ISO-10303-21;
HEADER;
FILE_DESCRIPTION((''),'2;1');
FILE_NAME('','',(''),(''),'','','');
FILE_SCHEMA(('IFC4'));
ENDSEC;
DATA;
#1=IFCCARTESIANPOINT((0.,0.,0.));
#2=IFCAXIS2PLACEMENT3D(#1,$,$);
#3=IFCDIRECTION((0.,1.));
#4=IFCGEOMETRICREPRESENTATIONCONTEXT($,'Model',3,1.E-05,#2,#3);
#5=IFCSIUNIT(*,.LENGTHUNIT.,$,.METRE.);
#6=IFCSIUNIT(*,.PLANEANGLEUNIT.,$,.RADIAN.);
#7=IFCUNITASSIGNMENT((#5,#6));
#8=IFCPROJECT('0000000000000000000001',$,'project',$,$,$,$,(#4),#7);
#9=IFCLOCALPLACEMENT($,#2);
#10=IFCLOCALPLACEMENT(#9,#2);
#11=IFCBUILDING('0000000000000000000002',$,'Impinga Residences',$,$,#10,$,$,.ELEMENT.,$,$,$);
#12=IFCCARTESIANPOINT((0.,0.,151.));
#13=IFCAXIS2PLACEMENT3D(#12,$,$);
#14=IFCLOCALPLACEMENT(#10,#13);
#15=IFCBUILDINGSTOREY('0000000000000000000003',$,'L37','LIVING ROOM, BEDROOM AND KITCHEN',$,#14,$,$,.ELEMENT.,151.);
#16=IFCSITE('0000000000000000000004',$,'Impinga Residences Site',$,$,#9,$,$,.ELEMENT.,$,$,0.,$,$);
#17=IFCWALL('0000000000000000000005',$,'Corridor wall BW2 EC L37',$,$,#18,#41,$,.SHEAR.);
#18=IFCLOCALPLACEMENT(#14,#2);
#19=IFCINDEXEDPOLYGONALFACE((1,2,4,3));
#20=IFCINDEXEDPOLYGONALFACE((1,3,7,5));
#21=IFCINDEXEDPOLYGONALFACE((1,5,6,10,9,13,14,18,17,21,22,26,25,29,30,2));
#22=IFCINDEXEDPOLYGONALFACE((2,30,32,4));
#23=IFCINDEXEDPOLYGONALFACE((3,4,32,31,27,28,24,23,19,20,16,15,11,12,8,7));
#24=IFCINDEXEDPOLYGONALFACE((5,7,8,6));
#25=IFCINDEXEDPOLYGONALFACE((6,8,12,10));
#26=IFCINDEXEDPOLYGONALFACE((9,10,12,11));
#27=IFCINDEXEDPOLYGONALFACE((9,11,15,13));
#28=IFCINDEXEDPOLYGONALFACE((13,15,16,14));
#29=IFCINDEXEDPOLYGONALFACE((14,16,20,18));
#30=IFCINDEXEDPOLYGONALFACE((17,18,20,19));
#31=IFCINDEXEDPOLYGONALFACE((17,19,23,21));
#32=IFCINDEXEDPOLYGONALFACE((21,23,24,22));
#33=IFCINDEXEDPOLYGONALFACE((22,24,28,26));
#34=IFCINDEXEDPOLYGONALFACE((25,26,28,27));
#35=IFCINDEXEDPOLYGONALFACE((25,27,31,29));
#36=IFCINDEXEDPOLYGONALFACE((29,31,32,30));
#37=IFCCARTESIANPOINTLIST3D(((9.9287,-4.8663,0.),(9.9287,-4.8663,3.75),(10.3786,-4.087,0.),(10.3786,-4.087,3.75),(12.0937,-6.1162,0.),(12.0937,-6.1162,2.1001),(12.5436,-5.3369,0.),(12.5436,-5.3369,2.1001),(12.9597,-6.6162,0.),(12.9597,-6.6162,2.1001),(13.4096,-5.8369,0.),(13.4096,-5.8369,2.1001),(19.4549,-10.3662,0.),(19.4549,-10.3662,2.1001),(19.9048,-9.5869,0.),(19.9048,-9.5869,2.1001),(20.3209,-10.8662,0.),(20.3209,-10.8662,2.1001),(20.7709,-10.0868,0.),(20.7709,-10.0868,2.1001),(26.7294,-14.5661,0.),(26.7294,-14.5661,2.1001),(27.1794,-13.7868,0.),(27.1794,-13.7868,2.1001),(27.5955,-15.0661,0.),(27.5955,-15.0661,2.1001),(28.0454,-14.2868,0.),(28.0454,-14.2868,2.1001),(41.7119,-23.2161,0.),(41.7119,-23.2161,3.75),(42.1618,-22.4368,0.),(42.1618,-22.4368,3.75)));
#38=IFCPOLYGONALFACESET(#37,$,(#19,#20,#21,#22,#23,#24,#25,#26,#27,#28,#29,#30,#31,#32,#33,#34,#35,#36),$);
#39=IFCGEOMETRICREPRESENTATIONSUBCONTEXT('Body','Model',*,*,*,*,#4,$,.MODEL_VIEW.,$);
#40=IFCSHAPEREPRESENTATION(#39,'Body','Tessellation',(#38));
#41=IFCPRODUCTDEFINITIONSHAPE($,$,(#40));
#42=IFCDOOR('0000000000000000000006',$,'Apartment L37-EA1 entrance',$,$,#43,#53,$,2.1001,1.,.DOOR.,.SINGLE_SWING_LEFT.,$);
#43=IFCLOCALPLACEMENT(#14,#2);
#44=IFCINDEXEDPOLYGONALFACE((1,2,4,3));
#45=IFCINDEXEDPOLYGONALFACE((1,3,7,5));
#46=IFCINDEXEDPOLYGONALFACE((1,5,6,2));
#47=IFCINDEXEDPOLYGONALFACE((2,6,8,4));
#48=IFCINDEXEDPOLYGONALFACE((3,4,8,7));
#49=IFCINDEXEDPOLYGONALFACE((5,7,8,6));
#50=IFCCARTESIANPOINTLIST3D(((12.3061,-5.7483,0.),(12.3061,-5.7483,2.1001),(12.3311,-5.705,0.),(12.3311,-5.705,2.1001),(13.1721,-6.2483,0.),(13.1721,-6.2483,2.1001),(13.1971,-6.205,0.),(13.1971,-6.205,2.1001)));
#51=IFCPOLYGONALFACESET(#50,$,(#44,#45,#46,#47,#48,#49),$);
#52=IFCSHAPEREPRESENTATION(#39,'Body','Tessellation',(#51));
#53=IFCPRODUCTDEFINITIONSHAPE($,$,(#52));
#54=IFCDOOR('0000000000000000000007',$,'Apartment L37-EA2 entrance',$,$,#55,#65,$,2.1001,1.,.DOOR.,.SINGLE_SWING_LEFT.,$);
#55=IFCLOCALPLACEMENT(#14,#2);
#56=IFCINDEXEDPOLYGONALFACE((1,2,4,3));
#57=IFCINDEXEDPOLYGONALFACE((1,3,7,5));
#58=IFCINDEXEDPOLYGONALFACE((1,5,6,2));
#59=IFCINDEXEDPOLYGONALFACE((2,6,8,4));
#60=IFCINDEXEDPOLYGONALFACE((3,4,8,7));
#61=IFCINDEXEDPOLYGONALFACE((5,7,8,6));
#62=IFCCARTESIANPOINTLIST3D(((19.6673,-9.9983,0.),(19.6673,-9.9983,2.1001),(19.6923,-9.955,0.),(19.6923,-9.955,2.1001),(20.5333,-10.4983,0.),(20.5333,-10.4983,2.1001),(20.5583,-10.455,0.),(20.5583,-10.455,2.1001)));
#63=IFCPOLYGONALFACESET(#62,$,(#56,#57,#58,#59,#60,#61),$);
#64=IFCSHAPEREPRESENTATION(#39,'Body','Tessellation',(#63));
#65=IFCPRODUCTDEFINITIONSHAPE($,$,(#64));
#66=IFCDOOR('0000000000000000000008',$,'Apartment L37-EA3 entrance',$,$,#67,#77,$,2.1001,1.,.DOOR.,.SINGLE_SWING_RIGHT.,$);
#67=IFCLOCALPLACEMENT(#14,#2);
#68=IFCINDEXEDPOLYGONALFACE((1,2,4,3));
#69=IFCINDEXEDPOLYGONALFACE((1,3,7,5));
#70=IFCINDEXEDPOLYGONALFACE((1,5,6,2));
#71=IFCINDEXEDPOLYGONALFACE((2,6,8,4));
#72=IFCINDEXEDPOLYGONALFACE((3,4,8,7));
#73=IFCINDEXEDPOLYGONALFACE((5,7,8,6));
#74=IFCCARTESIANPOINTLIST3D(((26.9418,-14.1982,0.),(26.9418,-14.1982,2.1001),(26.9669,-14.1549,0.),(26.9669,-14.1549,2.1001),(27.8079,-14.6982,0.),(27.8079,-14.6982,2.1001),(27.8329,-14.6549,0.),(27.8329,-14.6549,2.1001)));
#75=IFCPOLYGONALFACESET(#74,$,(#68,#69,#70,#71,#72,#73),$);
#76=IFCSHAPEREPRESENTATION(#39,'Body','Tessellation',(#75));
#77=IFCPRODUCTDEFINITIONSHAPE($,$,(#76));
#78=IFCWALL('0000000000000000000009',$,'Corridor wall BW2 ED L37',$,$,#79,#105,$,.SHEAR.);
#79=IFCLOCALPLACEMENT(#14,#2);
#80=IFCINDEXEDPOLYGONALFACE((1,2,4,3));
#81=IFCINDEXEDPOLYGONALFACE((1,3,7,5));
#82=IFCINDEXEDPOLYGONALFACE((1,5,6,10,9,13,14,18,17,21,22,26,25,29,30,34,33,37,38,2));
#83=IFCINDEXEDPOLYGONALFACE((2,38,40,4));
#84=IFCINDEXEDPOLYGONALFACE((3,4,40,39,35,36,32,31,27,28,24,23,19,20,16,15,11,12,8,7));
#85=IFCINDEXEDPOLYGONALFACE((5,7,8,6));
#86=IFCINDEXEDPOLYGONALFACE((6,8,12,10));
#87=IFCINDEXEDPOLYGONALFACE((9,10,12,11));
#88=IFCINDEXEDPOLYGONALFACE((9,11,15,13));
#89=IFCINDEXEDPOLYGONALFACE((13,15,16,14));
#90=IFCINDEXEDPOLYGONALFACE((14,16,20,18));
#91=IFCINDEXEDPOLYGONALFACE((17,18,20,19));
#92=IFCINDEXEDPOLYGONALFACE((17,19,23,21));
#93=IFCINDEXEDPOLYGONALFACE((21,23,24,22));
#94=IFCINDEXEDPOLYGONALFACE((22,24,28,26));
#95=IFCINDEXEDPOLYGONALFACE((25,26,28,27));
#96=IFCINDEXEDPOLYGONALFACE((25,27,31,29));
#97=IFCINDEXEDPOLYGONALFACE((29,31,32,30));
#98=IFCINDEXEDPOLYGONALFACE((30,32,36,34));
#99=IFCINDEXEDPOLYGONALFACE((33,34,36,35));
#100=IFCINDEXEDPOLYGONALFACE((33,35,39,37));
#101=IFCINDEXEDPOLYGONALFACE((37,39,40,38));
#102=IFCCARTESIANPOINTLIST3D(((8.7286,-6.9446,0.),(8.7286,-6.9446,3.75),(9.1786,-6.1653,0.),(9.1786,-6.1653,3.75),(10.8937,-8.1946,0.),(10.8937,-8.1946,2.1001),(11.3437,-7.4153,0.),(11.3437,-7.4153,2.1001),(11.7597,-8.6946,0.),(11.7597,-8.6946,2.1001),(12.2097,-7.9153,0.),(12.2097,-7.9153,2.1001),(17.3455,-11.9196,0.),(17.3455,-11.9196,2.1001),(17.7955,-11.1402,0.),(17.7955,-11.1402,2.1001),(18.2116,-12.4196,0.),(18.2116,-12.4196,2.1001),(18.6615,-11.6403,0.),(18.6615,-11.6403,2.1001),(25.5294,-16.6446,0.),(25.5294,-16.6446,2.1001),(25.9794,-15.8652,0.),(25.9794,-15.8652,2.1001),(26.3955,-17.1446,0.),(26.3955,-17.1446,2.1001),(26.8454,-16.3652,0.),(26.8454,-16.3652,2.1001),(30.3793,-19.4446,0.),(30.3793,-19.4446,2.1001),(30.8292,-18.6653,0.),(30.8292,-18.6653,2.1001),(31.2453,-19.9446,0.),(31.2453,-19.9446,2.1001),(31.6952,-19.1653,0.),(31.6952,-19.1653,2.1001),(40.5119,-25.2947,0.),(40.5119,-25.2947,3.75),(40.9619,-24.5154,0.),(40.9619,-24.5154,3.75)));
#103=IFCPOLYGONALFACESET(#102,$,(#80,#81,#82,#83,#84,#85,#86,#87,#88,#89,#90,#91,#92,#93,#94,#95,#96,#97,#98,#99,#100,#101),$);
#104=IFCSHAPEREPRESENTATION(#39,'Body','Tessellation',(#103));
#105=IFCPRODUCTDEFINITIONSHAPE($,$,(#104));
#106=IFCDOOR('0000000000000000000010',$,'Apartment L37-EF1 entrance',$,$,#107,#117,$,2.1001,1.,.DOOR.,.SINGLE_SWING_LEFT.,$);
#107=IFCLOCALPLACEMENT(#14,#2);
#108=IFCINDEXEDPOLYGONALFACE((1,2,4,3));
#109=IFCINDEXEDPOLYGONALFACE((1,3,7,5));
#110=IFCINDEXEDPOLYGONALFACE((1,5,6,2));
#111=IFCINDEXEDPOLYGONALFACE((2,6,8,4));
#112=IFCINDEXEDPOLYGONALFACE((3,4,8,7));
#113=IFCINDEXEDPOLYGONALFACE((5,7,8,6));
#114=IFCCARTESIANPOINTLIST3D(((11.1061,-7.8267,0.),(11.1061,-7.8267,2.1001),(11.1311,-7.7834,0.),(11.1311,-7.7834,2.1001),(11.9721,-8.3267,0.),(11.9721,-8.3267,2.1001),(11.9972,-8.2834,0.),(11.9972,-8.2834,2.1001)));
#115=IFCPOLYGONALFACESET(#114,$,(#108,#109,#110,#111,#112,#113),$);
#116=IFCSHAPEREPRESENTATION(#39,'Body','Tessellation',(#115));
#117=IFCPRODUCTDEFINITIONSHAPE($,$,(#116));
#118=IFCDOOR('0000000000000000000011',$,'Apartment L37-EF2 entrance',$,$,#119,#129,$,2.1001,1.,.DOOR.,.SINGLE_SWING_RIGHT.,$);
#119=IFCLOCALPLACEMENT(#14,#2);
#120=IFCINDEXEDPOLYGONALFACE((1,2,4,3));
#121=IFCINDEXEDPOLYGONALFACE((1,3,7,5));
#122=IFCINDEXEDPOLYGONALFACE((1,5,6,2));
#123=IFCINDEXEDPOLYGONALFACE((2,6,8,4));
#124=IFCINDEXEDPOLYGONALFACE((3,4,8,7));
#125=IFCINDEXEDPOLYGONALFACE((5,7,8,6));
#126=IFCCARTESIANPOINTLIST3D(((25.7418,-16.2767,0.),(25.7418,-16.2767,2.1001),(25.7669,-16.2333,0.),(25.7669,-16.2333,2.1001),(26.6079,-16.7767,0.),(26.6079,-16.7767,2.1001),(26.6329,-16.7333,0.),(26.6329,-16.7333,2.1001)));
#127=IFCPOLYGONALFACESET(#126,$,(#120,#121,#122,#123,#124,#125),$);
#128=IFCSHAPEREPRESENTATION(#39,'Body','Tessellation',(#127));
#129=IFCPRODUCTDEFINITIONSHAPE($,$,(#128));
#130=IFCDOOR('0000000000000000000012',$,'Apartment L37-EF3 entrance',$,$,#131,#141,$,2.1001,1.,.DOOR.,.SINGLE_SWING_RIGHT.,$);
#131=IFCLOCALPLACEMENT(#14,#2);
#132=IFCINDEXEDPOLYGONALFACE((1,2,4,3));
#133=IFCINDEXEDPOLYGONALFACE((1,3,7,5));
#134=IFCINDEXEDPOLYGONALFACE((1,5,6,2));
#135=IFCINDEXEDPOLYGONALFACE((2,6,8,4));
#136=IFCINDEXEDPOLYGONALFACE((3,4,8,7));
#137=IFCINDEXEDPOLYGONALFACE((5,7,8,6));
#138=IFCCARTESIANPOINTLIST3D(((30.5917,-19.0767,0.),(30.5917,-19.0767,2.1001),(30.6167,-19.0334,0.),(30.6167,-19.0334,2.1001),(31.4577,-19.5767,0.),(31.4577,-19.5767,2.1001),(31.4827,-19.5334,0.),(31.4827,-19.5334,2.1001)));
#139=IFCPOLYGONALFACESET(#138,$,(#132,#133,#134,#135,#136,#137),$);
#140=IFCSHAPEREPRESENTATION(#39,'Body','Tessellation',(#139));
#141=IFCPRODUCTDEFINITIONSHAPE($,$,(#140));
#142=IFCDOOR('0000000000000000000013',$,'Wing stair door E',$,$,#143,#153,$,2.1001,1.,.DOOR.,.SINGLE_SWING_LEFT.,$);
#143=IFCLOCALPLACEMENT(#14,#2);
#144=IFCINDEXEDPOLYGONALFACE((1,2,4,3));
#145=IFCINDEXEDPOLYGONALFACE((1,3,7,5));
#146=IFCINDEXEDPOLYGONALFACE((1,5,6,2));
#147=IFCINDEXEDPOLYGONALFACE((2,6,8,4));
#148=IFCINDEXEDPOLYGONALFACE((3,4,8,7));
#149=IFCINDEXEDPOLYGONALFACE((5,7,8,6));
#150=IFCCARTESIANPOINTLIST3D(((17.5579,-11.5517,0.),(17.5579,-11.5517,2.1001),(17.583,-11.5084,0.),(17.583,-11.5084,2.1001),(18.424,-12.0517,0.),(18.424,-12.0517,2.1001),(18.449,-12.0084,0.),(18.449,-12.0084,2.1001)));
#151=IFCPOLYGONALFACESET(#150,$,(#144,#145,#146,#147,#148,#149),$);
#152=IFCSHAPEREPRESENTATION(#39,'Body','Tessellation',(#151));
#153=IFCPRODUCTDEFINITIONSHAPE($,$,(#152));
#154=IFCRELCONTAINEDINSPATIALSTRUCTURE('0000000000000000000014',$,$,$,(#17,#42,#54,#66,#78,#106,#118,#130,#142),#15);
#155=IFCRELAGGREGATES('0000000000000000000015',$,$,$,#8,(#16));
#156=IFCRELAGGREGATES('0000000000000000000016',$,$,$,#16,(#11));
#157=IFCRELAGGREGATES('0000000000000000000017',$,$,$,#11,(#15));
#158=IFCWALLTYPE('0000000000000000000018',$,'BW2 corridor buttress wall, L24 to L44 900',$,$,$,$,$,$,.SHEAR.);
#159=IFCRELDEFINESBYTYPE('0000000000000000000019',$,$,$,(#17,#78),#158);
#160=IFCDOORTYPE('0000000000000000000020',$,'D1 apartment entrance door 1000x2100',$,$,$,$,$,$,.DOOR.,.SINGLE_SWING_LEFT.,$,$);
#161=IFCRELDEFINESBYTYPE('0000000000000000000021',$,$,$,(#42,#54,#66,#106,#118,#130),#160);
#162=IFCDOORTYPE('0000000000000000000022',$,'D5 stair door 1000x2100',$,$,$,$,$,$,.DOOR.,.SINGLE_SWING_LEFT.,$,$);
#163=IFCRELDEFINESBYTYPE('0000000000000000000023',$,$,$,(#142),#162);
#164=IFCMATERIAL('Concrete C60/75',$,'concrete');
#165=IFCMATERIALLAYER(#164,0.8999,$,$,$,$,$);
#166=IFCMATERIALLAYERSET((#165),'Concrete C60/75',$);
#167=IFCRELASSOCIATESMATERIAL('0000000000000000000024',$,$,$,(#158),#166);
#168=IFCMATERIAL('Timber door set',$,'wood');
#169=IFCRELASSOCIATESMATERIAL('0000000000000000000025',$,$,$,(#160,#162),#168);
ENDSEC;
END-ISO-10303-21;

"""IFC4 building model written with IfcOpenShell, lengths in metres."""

from ifc_helpers import new_model, si_unit, direction, frame, frame_2d, origin, place, context, subcontext, project, spatial, rectangle, extrude, material, layer, layer_set, type_object, element, fill, save


model = new_model("IFC4")

# Units and contexts
model_context = context("Model", 3, precision=1e-05, world=origin(), true_north=direction((0.0, 1.0)))
body_context = subcontext(model_context, "Body", "Model", "MODEL_VIEW")
ifc_project = project(units=[si_unit("LENGTHUNIT", "METRE"), si_unit("PLANEANGLEUNIT", "RADIAN")], contexts=[model_context])

# Site, building, storey
site_placement = place(None, origin())
site = spatial("IfcSite", under=ifc_project, at=site_placement, Name="Impinga Residences Site", CompositionType="ELEMENT", RefElevation=0.0)
building_placement = place(site_placement, origin())
building = spatial("IfcBuilding", under=site, at=building_placement, Name="Impinga Residences", CompositionType="ELEMENT")
storey_placement = place(building_placement, frame((0.0, 0.0, 151.0)))
storey = spatial("IfcBuildingStorey", under=building, at=storey_placement, Name="L37", Description="LIVING ROOM, BEDROOM AND KITCHEN", CompositionType="ELEMENT", Elevation=151.0)

# Walls, openings, doors
ifc_material_1 = material(Name="Concrete C60/75", Category="concrete")
ifc_layer_1 = layer(ifc_material_1, 0.8999)
ifc_layer_set_1 = layer_set([ifc_layer_1], Name="Concrete C60/75")
wall_type_1 = type_object("IfcWallType", Name="BW2 corridor buttress wall, L24 to L44 900", PredefinedType="SHEAR", material=ifc_layer_set_1)
wall_1_placement = place(storey_placement, frame((10.1536, -4.4766, 0.0), z_axis=(0.0, 0.0, 1.0), x_axis=(0.866028, -0.499996, 0.0)))
wall_1 = element("IfcWall", 1, at=wall_1_placement, inside=storey, type_object=wall_type_1, Name="Corridor wall BW2 EC L37", PredefinedType="SHEAR", context=body_context, shape_type="SweptSolid", body=[
    extrude(rectangle(XDim=36.7, YDim=0.8999, at=frame_2d((18.3501, 0.0))), origin(), (0.0, 0.0, 1.0), 3.75),
])
opening_1_placement = place(wall_1_placement, frame((2.5, 0.0, 0.0)))
opening_1 = element("IfcOpeningElement", 2, at=opening_1_placement, cuts=wall_1, PredefinedType="OPENING", context=body_context, shape_type="SweptSolid", body=[
    extrude(rectangle(XDim=1.0, YDim=2.1001, at=frame_2d((0.5, 1.05))), frame((0.0, 0.46, 0.0), z_axis=(0.0, -1.0, 0.0), x_axis=(1.0, 0.0, 0.0)), (0.0, 0.0, 1.0), 0.9199),
])
opening_2_placement = place(wall_1_placement, frame((11.0, 0.0, 0.0)))
opening_2 = element("IfcOpeningElement", 3, at=opening_2_placement, cuts=wall_1, PredefinedType="OPENING", context=body_context, shape_type="SweptSolid", body=[
    extrude(rectangle(XDim=1.0, YDim=2.1001, at=frame_2d((0.5, 1.05))), frame((0.0, 0.46, 0.0), z_axis=(0.0, -1.0, 0.0), x_axis=(1.0, 0.0, 0.0)), (0.0, 0.0, 1.0), 0.9199),
])
opening_3_placement = place(wall_1_placement, frame((19.3999, 0.0, 0.0)))
opening_3 = element("IfcOpeningElement", 4, at=opening_3_placement, cuts=wall_1, PredefinedType="OPENING", context=body_context, shape_type="SweptSolid", body=[
    extrude(rectangle(XDim=1.0, YDim=2.1001, at=frame_2d((0.5, 1.05))), frame((0.0, 0.46, 0.0), z_axis=(0.0, -1.0, 0.0), x_axis=(1.0, 0.0, 0.0)), (0.0, 0.0, 1.0), 0.9199),
])
ifc_material_2 = material(Name="Timber door set", Category="wood")
door_type_1 = type_object("IfcDoorType", Name="D1 apartment entrance door 1000x2100", OperationType="SINGLE_SWING_LEFT", PredefinedType="DOOR", material=ifc_material_2)
door_1_placement = place(opening_1_placement, origin())
door_1 = element("IfcDoor", 5, at=door_1_placement, inside=storey, type_object=door_type_1, Name="Apartment L37-EA1 entrance", OperationType="SINGLE_SWING_LEFT", OverallHeight=2.1001, OverallWidth=1.0, PredefinedType="DOOR", context=body_context, shape_type="SweptSolid", body=[
    extrude(rectangle(XDim=1.0, YDim=2.1001, at=frame_2d((0.5, 1.05))), frame((0.0, 0.0249, 0.0), z_axis=(0.0, -1.0, 0.0), x_axis=(1.0, 0.0, 0.0)), (0.0, 0.0, 1.0), 0.05),
])
fill(opening_1, door_1)
door_2_placement = place(opening_2_placement, origin())
door_2 = element("IfcDoor", 6, at=door_2_placement, inside=storey, type_object=door_type_1, Name="Apartment L37-EA2 entrance", OperationType="SINGLE_SWING_LEFT", OverallHeight=2.1001, OverallWidth=1.0, PredefinedType="DOOR", context=body_context, shape_type="SweptSolid", body=[
    extrude(rectangle(XDim=1.0, YDim=2.1001, at=frame_2d((0.5, 1.05))), frame((0.0, 0.0249, 0.0), z_axis=(0.0, -1.0, 0.0), x_axis=(1.0, 0.0, 0.0)), (0.0, 0.0, 1.0), 0.05),
])
fill(opening_2, door_2)
door_3_placement = place(opening_3_placement, origin())
door_3 = element("IfcDoor", 7, at=door_3_placement, inside=storey, type_object=door_type_1, Name="Apartment L37-EA3 entrance", OperationType="SINGLE_SWING_RIGHT", OverallHeight=2.1001, OverallWidth=1.0, PredefinedType="DOOR", context=body_context, shape_type="SweptSolid", body=[
    extrude(rectangle(XDim=1.0, YDim=2.1001, at=frame_2d((0.5, 1.05))), frame((0.0, 0.0249, 0.0), z_axis=(0.0, -1.0, 0.0), x_axis=(1.0, 0.0, 0.0)), (0.0, 0.0, 1.0), 0.05),
])
fill(opening_3, door_3)
wall_2_placement = place(storey_placement, frame((8.9536, -6.5549, 0.0), z_axis=(0.0, 0.0, 1.0), x_axis=(0.866025, -0.500001, 0.0)))
wall_2 = element("IfcWall", 8, at=wall_2_placement, inside=storey, type_object=wall_type_1, Name="Corridor wall BW2 ED L37", PredefinedType="SHEAR", context=body_context, shape_type="SweptSolid", body=[
    extrude(rectangle(XDim=36.7002, YDim=0.8999, at=frame_2d((18.3501, 0.0))), origin(), (0.0, 0.0, 1.0), 3.75),
])
opening_4_placement = place(wall_2_placement, frame((9.95, 0.0, 0.0)))
opening_4 = element("IfcOpeningElement", 9, at=opening_4_placement, cuts=wall_2, PredefinedType="OPENING", context=body_context, shape_type="SweptSolid", body=[
    extrude(rectangle(XDim=1.0, YDim=2.1001, at=frame_2d((0.5, 1.05))), frame((0.0, 0.46, 0.0), z_axis=(0.0, -1.0, 0.0), x_axis=(1.0, 0.0, 0.0)), (0.0, 0.0, 1.0), 0.9199),
])
opening_5_placement = place(wall_2_placement, frame((2.5, 0.0, 0.0)))
opening_5 = element("IfcOpeningElement", 10, at=opening_5_placement, cuts=wall_2, PredefinedType="OPENING", context=body_context, shape_type="SweptSolid", body=[
    extrude(rectangle(XDim=1.0, YDim=2.1001, at=frame_2d((0.5, 1.05))), frame((0.0, 0.46, 0.0), z_axis=(0.0, -1.0, 0.0), x_axis=(1.0, 0.0, 0.0)), (0.0, 0.0, 1.0), 0.9199),
])
opening_6_placement = place(wall_2_placement, frame((19.3999, 0.0, 0.0)))
opening_6 = element("IfcOpeningElement", 11, at=opening_6_placement, cuts=wall_2, PredefinedType="OPENING", context=body_context, shape_type="SweptSolid", body=[
    extrude(rectangle(XDim=1.0, YDim=2.1001, at=frame_2d((0.5, 1.05))), frame((0.0, 0.46, 0.0), z_axis=(0.0, -1.0, 0.0), x_axis=(1.0, 0.0, 0.0)), (0.0, 0.0, 1.0), 0.9199),
])
opening_7_placement = place(wall_2_placement, frame((25.0, 0.0, 0.0)))
opening_7 = element("IfcOpeningElement", 12, at=opening_7_placement, cuts=wall_2, PredefinedType="OPENING", context=body_context, shape_type="SweptSolid", body=[
    extrude(rectangle(XDim=1.0, YDim=2.1001, at=frame_2d((0.5, 1.05))), frame((0.0, 0.46, 0.0), z_axis=(0.0, -1.0, 0.0), x_axis=(1.0, 0.0, 0.0)), (0.0, 0.0, 1.0), 0.9199),
])
door_4_placement = place(opening_5_placement, origin())
door_4 = element("IfcDoor", 13, at=door_4_placement, inside=storey, type_object=door_type_1, Name="Apartment L37-EF1 entrance", OperationType="SINGLE_SWING_LEFT", OverallHeight=2.1001, OverallWidth=1.0, PredefinedType="DOOR", context=body_context, shape_type="SweptSolid", body=[
    extrude(rectangle(XDim=1.0, YDim=2.1001, at=frame_2d((0.5, 1.05))), frame((0.0, 0.0249, 0.0), z_axis=(0.0, -1.0, 0.0), x_axis=(1.0, 0.0, 0.0)), (0.0, 0.0, 1.0), 0.05),
])
fill(opening_5, door_4)
door_5_placement = place(opening_6_placement, origin())
door_5 = element("IfcDoor", 14, at=door_5_placement, inside=storey, type_object=door_type_1, Name="Apartment L37-EF2 entrance", OperationType="SINGLE_SWING_RIGHT", OverallHeight=2.1001, OverallWidth=1.0, PredefinedType="DOOR", context=body_context, shape_type="SweptSolid", body=[
    extrude(rectangle(XDim=1.0, YDim=2.1001, at=frame_2d((0.5, 1.05))), frame((0.0, 0.0249, 0.0), z_axis=(0.0, -1.0, 0.0), x_axis=(1.0, 0.0, 0.0)), (0.0, 0.0, 1.0), 0.05),
])
fill(opening_6, door_5)
door_6_placement = place(opening_7_placement, origin())
door_6 = element("IfcDoor", 15, at=door_6_placement, inside=storey, type_object=door_type_1, Name="Apartment L37-EF3 entrance", OperationType="SINGLE_SWING_RIGHT", OverallHeight=2.1001, OverallWidth=1.0, PredefinedType="DOOR", context=body_context, shape_type="SweptSolid", body=[
    extrude(rectangle(XDim=1.0, YDim=2.1001, at=frame_2d((0.5, 1.05))), frame((0.0, 0.0249, 0.0), z_axis=(0.0, -1.0, 0.0), x_axis=(1.0, 0.0, 0.0)), (0.0, 0.0, 1.0), 0.05),
])
fill(opening_7, door_6)
door_type_2 = type_object("IfcDoorType", Name="D5 stair door 1000x2100", OperationType="SINGLE_SWING_LEFT", PredefinedType="DOOR", material=ifc_material_2)
door_7_placement = place(opening_4_placement, origin())
door_7 = element("IfcDoor", 16, at=door_7_placement, inside=storey, type_object=door_type_2, Name="Wing stair door E", OperationType="SINGLE_SWING_LEFT", OverallHeight=2.1001, OverallWidth=1.0, PredefinedType="DOOR", context=body_context, shape_type="SweptSolid", body=[
    extrude(rectangle(XDim=1.0, YDim=2.1001, at=frame_2d((0.5, 1.05))), frame((0.0, 0.0249, 0.0), z_axis=(0.0, -1.0, 0.0), x_axis=(1.0, 0.0, 0.0)), (0.0, 0.0, 1.0), 0.05),
])
fill(opening_4, door_7)

save(model, "model.ifc")
